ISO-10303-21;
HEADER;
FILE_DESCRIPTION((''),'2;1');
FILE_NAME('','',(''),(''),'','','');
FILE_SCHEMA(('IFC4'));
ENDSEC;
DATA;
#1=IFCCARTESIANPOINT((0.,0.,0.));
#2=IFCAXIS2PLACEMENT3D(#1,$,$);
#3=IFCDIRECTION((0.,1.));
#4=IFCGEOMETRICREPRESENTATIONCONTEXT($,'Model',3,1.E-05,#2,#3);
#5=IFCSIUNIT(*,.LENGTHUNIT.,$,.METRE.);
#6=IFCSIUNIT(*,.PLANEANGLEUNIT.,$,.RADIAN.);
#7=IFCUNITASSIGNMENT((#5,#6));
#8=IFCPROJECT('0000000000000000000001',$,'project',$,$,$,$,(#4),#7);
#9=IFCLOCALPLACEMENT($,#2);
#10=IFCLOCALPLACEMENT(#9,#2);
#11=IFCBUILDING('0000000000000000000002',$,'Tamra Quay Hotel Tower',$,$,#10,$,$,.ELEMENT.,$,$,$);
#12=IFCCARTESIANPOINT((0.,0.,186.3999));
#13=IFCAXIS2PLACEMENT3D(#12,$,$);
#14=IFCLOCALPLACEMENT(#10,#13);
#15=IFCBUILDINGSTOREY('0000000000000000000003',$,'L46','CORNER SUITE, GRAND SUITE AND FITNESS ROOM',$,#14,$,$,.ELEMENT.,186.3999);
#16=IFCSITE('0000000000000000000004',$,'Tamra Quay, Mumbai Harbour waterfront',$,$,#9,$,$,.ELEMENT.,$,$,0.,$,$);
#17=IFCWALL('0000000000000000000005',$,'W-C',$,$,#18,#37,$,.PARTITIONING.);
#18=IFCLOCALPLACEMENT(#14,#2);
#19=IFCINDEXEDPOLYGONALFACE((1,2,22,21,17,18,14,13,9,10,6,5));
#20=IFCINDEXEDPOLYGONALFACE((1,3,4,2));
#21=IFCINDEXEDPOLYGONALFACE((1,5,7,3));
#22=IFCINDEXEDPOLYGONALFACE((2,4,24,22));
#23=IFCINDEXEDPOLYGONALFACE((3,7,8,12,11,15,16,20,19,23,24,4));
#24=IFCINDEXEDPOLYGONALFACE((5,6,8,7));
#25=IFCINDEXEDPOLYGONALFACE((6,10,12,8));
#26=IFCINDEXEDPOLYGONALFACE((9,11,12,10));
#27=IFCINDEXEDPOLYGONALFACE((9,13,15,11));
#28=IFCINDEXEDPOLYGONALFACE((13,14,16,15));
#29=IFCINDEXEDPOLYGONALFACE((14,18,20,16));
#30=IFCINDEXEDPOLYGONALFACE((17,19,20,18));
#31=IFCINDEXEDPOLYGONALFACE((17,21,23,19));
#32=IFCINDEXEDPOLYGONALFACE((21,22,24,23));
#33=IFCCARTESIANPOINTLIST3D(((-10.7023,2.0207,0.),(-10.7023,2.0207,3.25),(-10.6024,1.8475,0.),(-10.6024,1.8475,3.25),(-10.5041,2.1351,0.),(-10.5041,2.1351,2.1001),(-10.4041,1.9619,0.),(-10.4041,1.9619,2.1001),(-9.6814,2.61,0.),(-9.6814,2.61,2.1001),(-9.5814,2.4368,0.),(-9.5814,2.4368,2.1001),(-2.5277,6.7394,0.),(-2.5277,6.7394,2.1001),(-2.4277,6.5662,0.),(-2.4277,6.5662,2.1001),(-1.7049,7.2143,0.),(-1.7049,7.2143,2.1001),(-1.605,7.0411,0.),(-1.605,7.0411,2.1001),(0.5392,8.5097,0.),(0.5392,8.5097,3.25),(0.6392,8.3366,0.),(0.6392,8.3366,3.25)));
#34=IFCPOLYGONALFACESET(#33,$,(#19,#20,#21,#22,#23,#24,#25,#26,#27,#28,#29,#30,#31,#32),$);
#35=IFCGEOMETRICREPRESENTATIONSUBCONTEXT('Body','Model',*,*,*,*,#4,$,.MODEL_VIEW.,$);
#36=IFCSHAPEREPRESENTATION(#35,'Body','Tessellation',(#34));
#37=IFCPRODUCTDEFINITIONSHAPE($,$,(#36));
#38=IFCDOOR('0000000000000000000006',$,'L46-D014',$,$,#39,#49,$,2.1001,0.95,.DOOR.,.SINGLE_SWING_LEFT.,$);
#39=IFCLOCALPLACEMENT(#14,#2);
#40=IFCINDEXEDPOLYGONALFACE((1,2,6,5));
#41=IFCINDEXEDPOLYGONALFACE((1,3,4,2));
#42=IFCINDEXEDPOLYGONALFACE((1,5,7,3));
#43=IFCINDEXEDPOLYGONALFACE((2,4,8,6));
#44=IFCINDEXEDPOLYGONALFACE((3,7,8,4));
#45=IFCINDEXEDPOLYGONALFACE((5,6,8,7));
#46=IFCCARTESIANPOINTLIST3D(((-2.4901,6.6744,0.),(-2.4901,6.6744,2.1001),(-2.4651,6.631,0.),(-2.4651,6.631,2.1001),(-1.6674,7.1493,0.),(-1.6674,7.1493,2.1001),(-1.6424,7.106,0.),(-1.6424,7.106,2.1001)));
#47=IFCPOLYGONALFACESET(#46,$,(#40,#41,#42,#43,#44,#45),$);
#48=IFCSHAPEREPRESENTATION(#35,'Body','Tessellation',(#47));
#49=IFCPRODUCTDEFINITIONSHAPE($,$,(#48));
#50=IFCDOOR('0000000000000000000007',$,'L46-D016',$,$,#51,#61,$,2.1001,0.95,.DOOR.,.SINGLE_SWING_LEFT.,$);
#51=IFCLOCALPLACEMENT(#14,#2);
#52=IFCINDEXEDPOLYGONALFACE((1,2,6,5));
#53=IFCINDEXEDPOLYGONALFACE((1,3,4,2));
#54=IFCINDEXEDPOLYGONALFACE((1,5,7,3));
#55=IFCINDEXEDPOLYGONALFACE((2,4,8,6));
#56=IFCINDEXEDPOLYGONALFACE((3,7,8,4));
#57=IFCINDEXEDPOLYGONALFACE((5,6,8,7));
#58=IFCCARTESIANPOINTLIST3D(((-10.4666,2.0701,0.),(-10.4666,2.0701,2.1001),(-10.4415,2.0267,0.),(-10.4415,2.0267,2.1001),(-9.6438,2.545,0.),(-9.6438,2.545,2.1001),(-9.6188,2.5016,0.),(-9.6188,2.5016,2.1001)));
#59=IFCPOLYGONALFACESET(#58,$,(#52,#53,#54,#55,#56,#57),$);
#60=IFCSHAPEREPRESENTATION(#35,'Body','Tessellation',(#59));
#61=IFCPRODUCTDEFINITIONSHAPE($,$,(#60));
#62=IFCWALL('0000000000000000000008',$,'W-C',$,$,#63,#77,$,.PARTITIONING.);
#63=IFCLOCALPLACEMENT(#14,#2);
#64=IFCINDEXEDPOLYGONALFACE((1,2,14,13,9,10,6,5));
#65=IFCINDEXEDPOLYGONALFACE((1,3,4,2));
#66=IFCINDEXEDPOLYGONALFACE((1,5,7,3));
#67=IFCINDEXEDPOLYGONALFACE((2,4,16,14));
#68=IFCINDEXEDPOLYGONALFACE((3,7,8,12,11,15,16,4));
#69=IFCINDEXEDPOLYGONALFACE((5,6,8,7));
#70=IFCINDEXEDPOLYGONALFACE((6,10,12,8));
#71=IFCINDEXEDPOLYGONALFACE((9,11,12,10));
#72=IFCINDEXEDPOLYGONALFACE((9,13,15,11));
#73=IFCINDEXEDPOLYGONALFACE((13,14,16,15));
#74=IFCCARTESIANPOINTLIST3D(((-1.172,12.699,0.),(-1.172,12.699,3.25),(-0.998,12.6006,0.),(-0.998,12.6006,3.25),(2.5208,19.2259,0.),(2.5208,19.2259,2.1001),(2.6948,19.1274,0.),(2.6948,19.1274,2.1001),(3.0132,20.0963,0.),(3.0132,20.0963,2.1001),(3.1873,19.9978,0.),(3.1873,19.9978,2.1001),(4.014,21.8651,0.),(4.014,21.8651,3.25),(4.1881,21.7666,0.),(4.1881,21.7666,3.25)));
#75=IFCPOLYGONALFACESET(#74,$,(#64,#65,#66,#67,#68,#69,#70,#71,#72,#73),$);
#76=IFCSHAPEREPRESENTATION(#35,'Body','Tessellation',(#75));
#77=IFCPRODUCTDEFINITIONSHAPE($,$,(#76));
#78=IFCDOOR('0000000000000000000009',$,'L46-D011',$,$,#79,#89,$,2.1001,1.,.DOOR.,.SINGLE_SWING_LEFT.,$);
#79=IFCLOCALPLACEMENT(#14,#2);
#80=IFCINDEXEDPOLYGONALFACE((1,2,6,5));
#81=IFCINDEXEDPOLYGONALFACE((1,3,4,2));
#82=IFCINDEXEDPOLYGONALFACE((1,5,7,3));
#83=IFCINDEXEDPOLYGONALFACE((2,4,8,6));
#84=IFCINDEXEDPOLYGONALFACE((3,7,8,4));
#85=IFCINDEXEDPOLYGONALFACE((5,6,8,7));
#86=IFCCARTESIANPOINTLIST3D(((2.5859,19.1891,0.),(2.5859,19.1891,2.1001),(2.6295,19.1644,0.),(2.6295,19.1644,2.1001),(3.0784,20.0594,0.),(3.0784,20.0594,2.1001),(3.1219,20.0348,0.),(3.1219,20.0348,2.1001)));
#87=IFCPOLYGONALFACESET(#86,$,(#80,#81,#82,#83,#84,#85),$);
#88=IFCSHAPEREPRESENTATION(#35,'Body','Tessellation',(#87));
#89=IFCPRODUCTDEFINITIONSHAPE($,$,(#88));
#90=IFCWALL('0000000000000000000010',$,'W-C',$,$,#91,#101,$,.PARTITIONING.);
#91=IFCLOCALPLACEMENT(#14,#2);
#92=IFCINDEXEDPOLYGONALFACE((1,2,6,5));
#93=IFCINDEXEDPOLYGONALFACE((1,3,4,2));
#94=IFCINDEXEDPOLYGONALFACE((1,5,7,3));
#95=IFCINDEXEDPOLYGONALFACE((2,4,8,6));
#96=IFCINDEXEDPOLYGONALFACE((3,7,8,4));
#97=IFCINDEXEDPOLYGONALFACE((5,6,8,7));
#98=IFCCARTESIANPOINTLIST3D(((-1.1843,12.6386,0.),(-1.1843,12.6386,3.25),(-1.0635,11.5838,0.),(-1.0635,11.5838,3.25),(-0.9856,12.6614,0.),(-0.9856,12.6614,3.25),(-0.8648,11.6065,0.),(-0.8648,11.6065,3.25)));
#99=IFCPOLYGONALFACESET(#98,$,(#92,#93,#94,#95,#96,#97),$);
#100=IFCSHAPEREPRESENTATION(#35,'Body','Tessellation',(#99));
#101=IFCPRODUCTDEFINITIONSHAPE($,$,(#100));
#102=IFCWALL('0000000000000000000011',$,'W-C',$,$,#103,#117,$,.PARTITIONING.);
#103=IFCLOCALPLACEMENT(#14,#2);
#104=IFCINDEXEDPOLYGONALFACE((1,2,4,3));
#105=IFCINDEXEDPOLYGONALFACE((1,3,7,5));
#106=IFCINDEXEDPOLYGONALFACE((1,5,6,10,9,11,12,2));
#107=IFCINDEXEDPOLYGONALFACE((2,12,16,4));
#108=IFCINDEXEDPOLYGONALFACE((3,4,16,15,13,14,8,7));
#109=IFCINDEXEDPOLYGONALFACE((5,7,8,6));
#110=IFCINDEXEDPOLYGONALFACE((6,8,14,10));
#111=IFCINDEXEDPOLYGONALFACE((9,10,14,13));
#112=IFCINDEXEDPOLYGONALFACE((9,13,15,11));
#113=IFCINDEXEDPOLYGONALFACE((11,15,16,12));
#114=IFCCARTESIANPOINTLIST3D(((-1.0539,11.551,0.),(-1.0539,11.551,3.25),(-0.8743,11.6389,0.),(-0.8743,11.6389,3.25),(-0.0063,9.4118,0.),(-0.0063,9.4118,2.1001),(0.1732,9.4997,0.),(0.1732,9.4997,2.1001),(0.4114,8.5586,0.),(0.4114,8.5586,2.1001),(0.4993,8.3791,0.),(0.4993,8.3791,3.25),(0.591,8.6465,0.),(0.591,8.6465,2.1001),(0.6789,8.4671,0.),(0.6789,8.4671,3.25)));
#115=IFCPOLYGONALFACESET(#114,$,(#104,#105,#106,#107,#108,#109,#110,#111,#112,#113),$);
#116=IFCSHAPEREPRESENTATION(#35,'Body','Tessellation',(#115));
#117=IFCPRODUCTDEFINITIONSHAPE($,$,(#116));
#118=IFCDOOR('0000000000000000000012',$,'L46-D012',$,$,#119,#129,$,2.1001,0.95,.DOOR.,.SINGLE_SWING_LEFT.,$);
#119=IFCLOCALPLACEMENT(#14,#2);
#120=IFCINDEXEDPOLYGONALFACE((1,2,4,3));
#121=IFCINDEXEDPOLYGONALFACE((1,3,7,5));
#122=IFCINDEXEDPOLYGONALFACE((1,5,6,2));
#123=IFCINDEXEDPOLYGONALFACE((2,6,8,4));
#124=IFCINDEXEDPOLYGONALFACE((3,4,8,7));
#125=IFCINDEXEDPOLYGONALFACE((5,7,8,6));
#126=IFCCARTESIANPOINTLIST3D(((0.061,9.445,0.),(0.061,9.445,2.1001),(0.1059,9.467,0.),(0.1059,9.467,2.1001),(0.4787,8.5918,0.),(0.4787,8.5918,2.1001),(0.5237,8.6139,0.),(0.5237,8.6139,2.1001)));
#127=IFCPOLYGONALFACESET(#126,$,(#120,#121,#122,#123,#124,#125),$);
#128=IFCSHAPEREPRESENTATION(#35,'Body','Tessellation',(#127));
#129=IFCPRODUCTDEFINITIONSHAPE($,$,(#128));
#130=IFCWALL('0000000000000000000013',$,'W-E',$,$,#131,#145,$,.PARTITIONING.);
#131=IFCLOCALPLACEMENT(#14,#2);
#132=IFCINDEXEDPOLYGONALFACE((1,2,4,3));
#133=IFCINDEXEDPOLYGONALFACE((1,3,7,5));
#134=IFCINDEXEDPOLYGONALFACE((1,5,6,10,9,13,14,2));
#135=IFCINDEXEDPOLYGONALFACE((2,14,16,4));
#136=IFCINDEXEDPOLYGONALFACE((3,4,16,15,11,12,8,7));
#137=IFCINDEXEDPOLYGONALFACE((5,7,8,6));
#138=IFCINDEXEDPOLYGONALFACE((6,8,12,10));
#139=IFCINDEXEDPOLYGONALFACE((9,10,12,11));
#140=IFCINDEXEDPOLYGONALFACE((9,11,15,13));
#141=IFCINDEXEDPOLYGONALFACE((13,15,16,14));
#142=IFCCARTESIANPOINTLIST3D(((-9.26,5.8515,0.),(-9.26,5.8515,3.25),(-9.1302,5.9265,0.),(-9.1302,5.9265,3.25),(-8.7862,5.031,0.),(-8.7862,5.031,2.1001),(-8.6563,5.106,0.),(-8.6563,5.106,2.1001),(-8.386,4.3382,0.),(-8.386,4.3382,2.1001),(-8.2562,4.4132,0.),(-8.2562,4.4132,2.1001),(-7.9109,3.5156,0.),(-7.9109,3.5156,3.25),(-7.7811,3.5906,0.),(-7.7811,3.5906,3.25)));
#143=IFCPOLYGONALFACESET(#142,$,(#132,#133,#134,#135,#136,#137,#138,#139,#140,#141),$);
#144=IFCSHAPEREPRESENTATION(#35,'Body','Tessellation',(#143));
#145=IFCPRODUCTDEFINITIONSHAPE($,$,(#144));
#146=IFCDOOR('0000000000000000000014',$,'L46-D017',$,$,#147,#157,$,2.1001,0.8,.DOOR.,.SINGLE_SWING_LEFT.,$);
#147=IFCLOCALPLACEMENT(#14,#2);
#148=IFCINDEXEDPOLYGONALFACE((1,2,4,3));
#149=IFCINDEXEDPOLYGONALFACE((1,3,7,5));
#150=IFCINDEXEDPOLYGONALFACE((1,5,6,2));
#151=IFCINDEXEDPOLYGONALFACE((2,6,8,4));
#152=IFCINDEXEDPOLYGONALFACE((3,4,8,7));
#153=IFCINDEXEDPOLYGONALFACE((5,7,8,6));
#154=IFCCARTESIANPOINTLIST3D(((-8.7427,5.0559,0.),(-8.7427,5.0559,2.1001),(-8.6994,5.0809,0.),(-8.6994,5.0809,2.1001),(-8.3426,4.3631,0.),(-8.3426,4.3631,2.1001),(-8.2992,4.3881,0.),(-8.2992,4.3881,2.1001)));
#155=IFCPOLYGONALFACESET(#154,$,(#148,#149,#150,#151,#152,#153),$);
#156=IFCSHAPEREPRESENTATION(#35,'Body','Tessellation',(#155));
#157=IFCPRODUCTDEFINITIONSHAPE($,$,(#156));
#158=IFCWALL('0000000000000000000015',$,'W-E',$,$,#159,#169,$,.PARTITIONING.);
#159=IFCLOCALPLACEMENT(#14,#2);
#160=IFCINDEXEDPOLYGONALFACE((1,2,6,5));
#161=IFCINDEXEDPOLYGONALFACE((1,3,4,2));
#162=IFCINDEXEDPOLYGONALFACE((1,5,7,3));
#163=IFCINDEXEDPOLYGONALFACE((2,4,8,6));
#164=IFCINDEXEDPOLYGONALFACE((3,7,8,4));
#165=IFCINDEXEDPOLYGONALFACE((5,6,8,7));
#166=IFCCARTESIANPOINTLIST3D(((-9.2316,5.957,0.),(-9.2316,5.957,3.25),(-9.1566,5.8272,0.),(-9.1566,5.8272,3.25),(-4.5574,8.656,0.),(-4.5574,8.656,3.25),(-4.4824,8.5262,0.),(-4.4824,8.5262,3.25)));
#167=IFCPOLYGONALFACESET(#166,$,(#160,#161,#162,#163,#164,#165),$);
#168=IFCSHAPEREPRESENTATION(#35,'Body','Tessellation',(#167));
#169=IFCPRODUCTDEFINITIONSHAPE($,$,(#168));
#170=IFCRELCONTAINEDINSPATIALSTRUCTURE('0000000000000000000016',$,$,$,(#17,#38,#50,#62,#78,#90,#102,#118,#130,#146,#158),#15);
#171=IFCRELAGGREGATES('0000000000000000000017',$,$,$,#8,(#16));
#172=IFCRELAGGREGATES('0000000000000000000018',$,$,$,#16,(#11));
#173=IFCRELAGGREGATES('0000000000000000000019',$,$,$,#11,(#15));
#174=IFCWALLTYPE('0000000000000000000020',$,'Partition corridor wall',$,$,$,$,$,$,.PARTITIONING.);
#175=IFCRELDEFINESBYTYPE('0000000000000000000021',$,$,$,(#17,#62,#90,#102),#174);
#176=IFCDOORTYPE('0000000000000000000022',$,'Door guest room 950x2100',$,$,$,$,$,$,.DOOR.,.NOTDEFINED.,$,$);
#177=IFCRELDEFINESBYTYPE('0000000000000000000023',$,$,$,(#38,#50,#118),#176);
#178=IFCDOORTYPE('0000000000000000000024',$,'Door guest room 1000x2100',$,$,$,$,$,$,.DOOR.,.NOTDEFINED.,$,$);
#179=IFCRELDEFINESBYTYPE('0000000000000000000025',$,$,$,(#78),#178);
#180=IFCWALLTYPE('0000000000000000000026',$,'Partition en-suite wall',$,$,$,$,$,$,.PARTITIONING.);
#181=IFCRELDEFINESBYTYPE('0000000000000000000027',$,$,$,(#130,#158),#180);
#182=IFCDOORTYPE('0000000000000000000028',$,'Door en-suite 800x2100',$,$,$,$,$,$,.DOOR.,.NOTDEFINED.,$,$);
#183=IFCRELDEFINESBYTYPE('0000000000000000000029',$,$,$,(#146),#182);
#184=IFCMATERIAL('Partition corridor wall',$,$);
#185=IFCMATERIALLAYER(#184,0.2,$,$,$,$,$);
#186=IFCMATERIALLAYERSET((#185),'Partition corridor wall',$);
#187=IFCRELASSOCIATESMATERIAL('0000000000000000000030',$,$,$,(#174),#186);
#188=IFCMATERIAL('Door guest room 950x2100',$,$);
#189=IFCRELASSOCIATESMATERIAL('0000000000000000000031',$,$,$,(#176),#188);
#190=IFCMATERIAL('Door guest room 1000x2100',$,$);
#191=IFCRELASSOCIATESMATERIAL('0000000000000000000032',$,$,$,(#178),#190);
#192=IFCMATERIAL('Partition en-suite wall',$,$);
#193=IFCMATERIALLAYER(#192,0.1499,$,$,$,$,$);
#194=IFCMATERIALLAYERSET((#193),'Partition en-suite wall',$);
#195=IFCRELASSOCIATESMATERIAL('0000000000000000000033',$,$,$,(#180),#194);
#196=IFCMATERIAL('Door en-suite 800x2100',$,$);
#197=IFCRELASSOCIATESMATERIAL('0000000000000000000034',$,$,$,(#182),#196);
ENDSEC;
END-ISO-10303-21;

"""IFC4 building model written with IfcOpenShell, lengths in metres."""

from ifc_helpers import new_model, si_unit, direction, frame, frame_2d, origin, place, context, subcontext, project, spatial, rectangle, extrude, material, layer, layer_set, type_object, element, fill, save


model = new_model("IFC4")

# Units and contexts
model_context = context("Model", 3, precision=1e-05, world=origin(), true_north=direction((0.0, 1.0)))
body_context = subcontext(model_context, "Body", "Model", "MODEL_VIEW")
ifc_project = project(units=[si_unit("LENGTHUNIT", "METRE"), si_unit("PLANEANGLEUNIT", "RADIAN")], contexts=[model_context])

# Site, building, storey
site_placement = place(None, origin())
site = spatial("IfcSite", under=ifc_project, at=site_placement, Name="Tamra Quay, Mumbai Harbour waterfront", CompositionType="ELEMENT", RefElevation=0.0)
building_placement = place(site_placement, origin())
building = spatial("IfcBuilding", under=site, at=building_placement, Name="Tamra Quay Hotel Tower", CompositionType="ELEMENT")
storey_placement = place(building_placement, frame((0.0, 0.0, 186.3999)))
storey = spatial("IfcBuildingStorey", under=building, at=storey_placement, Name="L46", Description="CORNER SUITE, GRAND SUITE AND FITNESS ROOM", CompositionType="ELEMENT", Elevation=186.3999)

# Wall, openings, doors
ifc_material_1 = material(Name="Partition corridor wall")
ifc_layer_1 = layer(ifc_material_1, 0.2)
ifc_layer_set_1 = layer_set([ifc_layer_1], Name="Partition corridor wall")
wall_type_1 = type_object("IfcWallType", Name="Partition corridor wall", PredefinedType="PARTITIONING", material=ifc_layer_set_1)
wall_1_placement = place(storey_placement, frame((-10.6523, 1.9341, 0.0), z_axis=(0.0, 0.0, 1.0), x_axis=(0.866067, 0.499928, 0.0)))
wall_1 = element("IfcWall", 1, at=wall_1_placement, inside=storey, type_object=wall_type_1, Name="W-C", PredefinedType="PARTITIONING", context=body_context, shape_type="SweptSolid", body=[
    extrude(rectangle(XDim=12.98, YDim=0.2, at=frame_2d((6.49, 0.0))), origin(), (0.0, 0.0, 1.0), 3.25),
])
opening_1_placement = place(wall_1_placement, frame((9.4387, 0.0, 0.0)))
opening_1 = element("IfcOpeningElement", 2, at=opening_1_placement, cuts=wall_1, PredefinedType="OPENING", context=body_context, shape_type="SweptSolid", body=[
    extrude(rectangle(XDim=0.95, YDim=2.1001, at=frame_2d((0.4751, 1.05))), frame((0.0, 0.1099, 0.0), z_axis=(0.0, -1.0, 0.0), x_axis=(1.0, 0.0, 0.0)), (0.0, 0.0, 1.0), 0.22),
])
opening_2_placement = place(wall_1_placement, frame((0.2288, 0.0, 0.0)))
opening_2 = element("IfcOpeningElement", 3, at=opening_2_placement, cuts=wall_1, PredefinedType="OPENING", context=body_context, shape_type="SweptSolid", body=[
    extrude(rectangle(XDim=0.95, YDim=2.1001, at=frame_2d((0.4751, 1.05))), frame((0.0, 0.1099, 0.0), z_axis=(0.0, -1.0, 0.0), x_axis=(1.0, 0.0, 0.0)), (0.0, 0.0, 1.0), 0.22),
])
ifc_material_2 = material(Name="Door guest room 950x2100")
door_type_1 = type_object("IfcDoorType", Name="Door guest room 950x2100", OperationType="NOTDEFINED", PredefinedType="DOOR", material=ifc_material_2)
door_1_placement = place(opening_1_placement, origin())
door_1 = element("IfcDoor", 4, at=door_1_placement, inside=storey, type_object=door_type_1, Name="L46-D014", OperationType="SINGLE_SWING_LEFT", OverallHeight=2.1001, OverallWidth=0.95, PredefinedType="DOOR", context=body_context, shape_type="SweptSolid", body=[
    extrude(rectangle(XDim=0.95, YDim=2.1001, at=frame_2d((0.4751, 1.05))), frame((0.0, 0.0249, 0.0), z_axis=(0.0, -1.0, 0.0), x_axis=(1.0, 0.0, 0.0)), (0.0, 0.0, 1.0), 0.05),
])
fill(opening_1, door_1)
door_2_placement = place(opening_2_placement, origin())
door_2 = element("IfcDoor", 5, at=door_2_placement, inside=storey, type_object=door_type_1, Name="L46-D016", OperationType="SINGLE_SWING_LEFT", OverallHeight=2.1001, OverallWidth=0.95, PredefinedType="DOOR", context=body_context, shape_type="SweptSolid", body=[
    extrude(rectangle(XDim=0.95, YDim=2.1001, at=frame_2d((0.4751, 1.05))), frame((0.0, 0.0249, 0.0), z_axis=(0.0, -1.0, 0.0), x_axis=(1.0, 0.0, 0.0)), (0.0, 0.0, 1.0), 0.05),
])
fill(opening_2, door_2)

# Wall, opening, door
wall_2_placement = place(storey_placement, frame((-1.085, 12.6499, 0.0), z_axis=(0.0, 0.0, 1.0), x_axis=(0.492435, 0.870349, 0.0)))
wall_2 = element("IfcWall", 6, at=wall_2_placement, inside=storey, type_object=wall_type_1, Name="W-C", PredefinedType="PARTITIONING", context=body_context, shape_type="SweptSolid", body=[
    extrude(rectangle(XDim=10.5315, YDim=0.2, at=frame_2d((5.2656, 0.0))), origin(), (0.0, 0.0, 1.0), 3.25),
])
opening_3_placement = place(wall_2_placement, frame((7.499, 0.0, 0.0)))
opening_3 = element("IfcOpeningElement", 7, at=opening_3_placement, cuts=wall_2, PredefinedType="OPENING", context=body_context, shape_type="SweptSolid", body=[
    extrude(rectangle(XDim=1.0, YDim=2.1001, at=frame_2d((0.5, 1.05))), frame((0.0, 0.1099, 0.0), z_axis=(0.0, -1.0, 0.0), x_axis=(1.0, 0.0, 0.0)), (0.0, 0.0, 1.0), 0.22),
])
ifc_material_3 = material(Name="Door guest room 1000x2100")
door_type_2 = type_object("IfcDoorType", Name="Door guest room 1000x2100", OperationType="NOTDEFINED", PredefinedType="DOOR", material=ifc_material_3)
door_3_placement = place(opening_3_placement, frame((1.0, 0.0, 0.0), z_axis=(0.0, 0.0, 1.0), x_axis=(-1.0, 0.0, 0.0)))
door_3 = element("IfcDoor", 8, at=door_3_placement, inside=storey, type_object=door_type_2, Name="L46-D011", OperationType="SINGLE_SWING_LEFT", OverallHeight=2.1001, OverallWidth=1.0, PredefinedType="DOOR", context=body_context, shape_type="SweptSolid", body=[
    extrude(rectangle(XDim=1.0, YDim=2.1001, at=frame_2d((0.5, 1.05))), frame((0.0, 0.0249, 0.0), z_axis=(0.0, -1.0, 0.0), x_axis=(1.0, 0.0, 0.0)), (0.0, 0.0, 1.0), 0.05),
])
fill(opening_3, door_3)

# Wall
wall_3_placement = place(storey_placement, frame((-1.085, 12.6499, 0.0), z_axis=(0.0, 0.0, 1.0), x_axis=(0.113812, -0.993502, 0.0)))
element("IfcWall", 9, at=wall_3_placement, inside=storey, type_object=wall_type_1, Name="W-C", PredefinedType="PARTITIONING", context=body_context, shape_type="SweptSolid", body=[
    extrude(rectangle(XDim=1.0618, YDim=0.2, at=frame_2d((0.5308, 0.0))), origin(), (0.0, 0.0, 1.0), 3.25),
])

# Walls, openings, doors
wall_4_placement = place(storey_placement, frame((-0.9641, 11.595, 0.0), z_axis=(0.0, 0.0, 1.0), x_axis=(0.439788, -0.898102, 0.0)))
wall_4 = element("IfcWall", 10, at=wall_4_placement, inside=storey, type_object=wall_type_1, Name="W-C", PredefinedType="PARTITIONING", context=body_context, shape_type="SweptSolid", body=[
    extrude(rectangle(XDim=3.5317, YDim=0.2, at=frame_2d((1.7659, 0.0))), origin(), (0.0, 0.0, 1.0), 3.25),
])
opening_4_placement = place(wall_4_placement, frame((2.3818, 0.0, 0.0)))
opening_4 = element("IfcOpeningElement", 11, at=opening_4_placement, cuts=wall_4, PredefinedType="OPENING", context=body_context, shape_type="SweptSolid", body=[
    extrude(rectangle(XDim=0.95, YDim=2.1001, at=frame_2d((0.4751, 1.05))), frame((0.0, 0.1099, 0.0), z_axis=(0.0, -1.0, 0.0), x_axis=(1.0, 0.0, 0.0)), (0.0, 0.0, 1.0), 0.22),
])
door_4_placement = place(opening_4_placement, frame((0.95, 0.0, 0.0), z_axis=(0.0, 0.0, 1.0), x_axis=(-1.0, 0.0, 0.0)))
door_4 = element("IfcDoor", 12, at=door_4_placement, inside=storey, type_object=door_type_1, Name="L46-D012", OperationType="SINGLE_SWING_LEFT", OverallHeight=2.1001, OverallWidth=0.95, PredefinedType="DOOR", context=body_context, shape_type="SweptSolid", body=[
    extrude(rectangle(XDim=0.95, YDim=2.1001, at=frame_2d((0.4751, 1.05))), frame((0.0, 0.0249, 0.0), z_axis=(0.0, -1.0, 0.0), x_axis=(1.0, 0.0, 0.0)), (0.0, 0.0, 1.0), 0.05),
])
fill(opening_4, door_4)
ifc_material_4 = material(Name="Partition en-suite wall")
ifc_layer_2 = layer(ifc_material_4, 0.1499)
ifc_layer_set_2 = layer_set([ifc_layer_2], Name="Partition en-suite wall")
wall_type_2 = type_object("IfcWallType", Name="Partition en-suite wall", PredefinedType="PARTITIONING", material=ifc_layer_set_2)
wall_5_placement = place(storey_placement, frame((-9.1951, 5.8889, 0.0), z_axis=(0.0, 0.0, 1.0), x_axis=(0.50013, -0.86595, 0.0)))
wall_5 = element("IfcWall", 13, at=wall_5_placement, inside=storey, type_object=wall_type_2, Name="W-E", PredefinedType="PARTITIONING", context=body_context, shape_type="SweptSolid", body=[
    extrude(rectangle(XDim=2.6975, YDim=0.1499, at=frame_2d((1.3486, 0.0))), origin(), (0.0, 0.0, 1.0), 3.25),
])
opening_5_placement = place(wall_5_placement, frame((0.9475, 0.0, 0.0)))
opening_5 = element("IfcOpeningElement", 14, at=opening_5_placement, cuts=wall_5, PredefinedType="OPENING", context=body_context, shape_type="SweptSolid", body=[
    extrude(rectangle(XDim=0.8, YDim=2.1001, at=frame_2d((0.3999, 1.05))), frame((0.0, 0.085, 0.0), z_axis=(0.0, -1.0, 0.0), x_axis=(1.0, 0.0, 0.0)), (0.0, 0.0, 1.0), 0.1699),
])
ifc_material_5 = material(Name="Door en-suite 800x2100")
door_type_3 = type_object("IfcDoorType", Name="Door en-suite 800x2100", OperationType="NOTDEFINED", PredefinedType="DOOR", material=ifc_material_5)
door_5_placement = place(opening_5_placement, frame((0.8, 0.0, 0.0), z_axis=(0.0, 0.0, 1.0), x_axis=(-1.0, 0.0, 0.0)))
door_5 = element("IfcDoor", 15, at=door_5_placement, inside=storey, type_object=door_type_3, Name="L46-D017", OperationType="SINGLE_SWING_LEFT", OverallHeight=2.1001, OverallWidth=0.8, PredefinedType="DOOR", context=body_context, shape_type="SweptSolid", body=[
    extrude(rectangle(XDim=0.8, YDim=2.1001, at=frame_2d((0.3999, 1.05))), frame((0.0, 0.0249, 0.0), z_axis=(0.0, -1.0, 0.0), x_axis=(1.0, 0.0, 0.0)), (0.0, 0.0, 1.0), 0.05),
])
fill(opening_5, door_5)

# Wall
wall_6_placement = place(storey_placement, frame((-9.1941, 5.8921, 0.0), z_axis=(0.0, 0.0, 1.0), x_axis=(0.865993, 0.500055, 0.0)))
element("IfcWall", 16, at=wall_6_placement, inside=storey, type_object=wall_type_2, Name="W-E", PredefinedType="PARTITIONING", context=body_context, shape_type="SweptSolid", body=[
    extrude(rectangle(XDim=5.3975, YDim=0.1499, at=frame_2d((2.6987, 0.0))), origin(), (0.0, 0.0, 1.0), 3.25),
])

save(model, "model.ifc")
